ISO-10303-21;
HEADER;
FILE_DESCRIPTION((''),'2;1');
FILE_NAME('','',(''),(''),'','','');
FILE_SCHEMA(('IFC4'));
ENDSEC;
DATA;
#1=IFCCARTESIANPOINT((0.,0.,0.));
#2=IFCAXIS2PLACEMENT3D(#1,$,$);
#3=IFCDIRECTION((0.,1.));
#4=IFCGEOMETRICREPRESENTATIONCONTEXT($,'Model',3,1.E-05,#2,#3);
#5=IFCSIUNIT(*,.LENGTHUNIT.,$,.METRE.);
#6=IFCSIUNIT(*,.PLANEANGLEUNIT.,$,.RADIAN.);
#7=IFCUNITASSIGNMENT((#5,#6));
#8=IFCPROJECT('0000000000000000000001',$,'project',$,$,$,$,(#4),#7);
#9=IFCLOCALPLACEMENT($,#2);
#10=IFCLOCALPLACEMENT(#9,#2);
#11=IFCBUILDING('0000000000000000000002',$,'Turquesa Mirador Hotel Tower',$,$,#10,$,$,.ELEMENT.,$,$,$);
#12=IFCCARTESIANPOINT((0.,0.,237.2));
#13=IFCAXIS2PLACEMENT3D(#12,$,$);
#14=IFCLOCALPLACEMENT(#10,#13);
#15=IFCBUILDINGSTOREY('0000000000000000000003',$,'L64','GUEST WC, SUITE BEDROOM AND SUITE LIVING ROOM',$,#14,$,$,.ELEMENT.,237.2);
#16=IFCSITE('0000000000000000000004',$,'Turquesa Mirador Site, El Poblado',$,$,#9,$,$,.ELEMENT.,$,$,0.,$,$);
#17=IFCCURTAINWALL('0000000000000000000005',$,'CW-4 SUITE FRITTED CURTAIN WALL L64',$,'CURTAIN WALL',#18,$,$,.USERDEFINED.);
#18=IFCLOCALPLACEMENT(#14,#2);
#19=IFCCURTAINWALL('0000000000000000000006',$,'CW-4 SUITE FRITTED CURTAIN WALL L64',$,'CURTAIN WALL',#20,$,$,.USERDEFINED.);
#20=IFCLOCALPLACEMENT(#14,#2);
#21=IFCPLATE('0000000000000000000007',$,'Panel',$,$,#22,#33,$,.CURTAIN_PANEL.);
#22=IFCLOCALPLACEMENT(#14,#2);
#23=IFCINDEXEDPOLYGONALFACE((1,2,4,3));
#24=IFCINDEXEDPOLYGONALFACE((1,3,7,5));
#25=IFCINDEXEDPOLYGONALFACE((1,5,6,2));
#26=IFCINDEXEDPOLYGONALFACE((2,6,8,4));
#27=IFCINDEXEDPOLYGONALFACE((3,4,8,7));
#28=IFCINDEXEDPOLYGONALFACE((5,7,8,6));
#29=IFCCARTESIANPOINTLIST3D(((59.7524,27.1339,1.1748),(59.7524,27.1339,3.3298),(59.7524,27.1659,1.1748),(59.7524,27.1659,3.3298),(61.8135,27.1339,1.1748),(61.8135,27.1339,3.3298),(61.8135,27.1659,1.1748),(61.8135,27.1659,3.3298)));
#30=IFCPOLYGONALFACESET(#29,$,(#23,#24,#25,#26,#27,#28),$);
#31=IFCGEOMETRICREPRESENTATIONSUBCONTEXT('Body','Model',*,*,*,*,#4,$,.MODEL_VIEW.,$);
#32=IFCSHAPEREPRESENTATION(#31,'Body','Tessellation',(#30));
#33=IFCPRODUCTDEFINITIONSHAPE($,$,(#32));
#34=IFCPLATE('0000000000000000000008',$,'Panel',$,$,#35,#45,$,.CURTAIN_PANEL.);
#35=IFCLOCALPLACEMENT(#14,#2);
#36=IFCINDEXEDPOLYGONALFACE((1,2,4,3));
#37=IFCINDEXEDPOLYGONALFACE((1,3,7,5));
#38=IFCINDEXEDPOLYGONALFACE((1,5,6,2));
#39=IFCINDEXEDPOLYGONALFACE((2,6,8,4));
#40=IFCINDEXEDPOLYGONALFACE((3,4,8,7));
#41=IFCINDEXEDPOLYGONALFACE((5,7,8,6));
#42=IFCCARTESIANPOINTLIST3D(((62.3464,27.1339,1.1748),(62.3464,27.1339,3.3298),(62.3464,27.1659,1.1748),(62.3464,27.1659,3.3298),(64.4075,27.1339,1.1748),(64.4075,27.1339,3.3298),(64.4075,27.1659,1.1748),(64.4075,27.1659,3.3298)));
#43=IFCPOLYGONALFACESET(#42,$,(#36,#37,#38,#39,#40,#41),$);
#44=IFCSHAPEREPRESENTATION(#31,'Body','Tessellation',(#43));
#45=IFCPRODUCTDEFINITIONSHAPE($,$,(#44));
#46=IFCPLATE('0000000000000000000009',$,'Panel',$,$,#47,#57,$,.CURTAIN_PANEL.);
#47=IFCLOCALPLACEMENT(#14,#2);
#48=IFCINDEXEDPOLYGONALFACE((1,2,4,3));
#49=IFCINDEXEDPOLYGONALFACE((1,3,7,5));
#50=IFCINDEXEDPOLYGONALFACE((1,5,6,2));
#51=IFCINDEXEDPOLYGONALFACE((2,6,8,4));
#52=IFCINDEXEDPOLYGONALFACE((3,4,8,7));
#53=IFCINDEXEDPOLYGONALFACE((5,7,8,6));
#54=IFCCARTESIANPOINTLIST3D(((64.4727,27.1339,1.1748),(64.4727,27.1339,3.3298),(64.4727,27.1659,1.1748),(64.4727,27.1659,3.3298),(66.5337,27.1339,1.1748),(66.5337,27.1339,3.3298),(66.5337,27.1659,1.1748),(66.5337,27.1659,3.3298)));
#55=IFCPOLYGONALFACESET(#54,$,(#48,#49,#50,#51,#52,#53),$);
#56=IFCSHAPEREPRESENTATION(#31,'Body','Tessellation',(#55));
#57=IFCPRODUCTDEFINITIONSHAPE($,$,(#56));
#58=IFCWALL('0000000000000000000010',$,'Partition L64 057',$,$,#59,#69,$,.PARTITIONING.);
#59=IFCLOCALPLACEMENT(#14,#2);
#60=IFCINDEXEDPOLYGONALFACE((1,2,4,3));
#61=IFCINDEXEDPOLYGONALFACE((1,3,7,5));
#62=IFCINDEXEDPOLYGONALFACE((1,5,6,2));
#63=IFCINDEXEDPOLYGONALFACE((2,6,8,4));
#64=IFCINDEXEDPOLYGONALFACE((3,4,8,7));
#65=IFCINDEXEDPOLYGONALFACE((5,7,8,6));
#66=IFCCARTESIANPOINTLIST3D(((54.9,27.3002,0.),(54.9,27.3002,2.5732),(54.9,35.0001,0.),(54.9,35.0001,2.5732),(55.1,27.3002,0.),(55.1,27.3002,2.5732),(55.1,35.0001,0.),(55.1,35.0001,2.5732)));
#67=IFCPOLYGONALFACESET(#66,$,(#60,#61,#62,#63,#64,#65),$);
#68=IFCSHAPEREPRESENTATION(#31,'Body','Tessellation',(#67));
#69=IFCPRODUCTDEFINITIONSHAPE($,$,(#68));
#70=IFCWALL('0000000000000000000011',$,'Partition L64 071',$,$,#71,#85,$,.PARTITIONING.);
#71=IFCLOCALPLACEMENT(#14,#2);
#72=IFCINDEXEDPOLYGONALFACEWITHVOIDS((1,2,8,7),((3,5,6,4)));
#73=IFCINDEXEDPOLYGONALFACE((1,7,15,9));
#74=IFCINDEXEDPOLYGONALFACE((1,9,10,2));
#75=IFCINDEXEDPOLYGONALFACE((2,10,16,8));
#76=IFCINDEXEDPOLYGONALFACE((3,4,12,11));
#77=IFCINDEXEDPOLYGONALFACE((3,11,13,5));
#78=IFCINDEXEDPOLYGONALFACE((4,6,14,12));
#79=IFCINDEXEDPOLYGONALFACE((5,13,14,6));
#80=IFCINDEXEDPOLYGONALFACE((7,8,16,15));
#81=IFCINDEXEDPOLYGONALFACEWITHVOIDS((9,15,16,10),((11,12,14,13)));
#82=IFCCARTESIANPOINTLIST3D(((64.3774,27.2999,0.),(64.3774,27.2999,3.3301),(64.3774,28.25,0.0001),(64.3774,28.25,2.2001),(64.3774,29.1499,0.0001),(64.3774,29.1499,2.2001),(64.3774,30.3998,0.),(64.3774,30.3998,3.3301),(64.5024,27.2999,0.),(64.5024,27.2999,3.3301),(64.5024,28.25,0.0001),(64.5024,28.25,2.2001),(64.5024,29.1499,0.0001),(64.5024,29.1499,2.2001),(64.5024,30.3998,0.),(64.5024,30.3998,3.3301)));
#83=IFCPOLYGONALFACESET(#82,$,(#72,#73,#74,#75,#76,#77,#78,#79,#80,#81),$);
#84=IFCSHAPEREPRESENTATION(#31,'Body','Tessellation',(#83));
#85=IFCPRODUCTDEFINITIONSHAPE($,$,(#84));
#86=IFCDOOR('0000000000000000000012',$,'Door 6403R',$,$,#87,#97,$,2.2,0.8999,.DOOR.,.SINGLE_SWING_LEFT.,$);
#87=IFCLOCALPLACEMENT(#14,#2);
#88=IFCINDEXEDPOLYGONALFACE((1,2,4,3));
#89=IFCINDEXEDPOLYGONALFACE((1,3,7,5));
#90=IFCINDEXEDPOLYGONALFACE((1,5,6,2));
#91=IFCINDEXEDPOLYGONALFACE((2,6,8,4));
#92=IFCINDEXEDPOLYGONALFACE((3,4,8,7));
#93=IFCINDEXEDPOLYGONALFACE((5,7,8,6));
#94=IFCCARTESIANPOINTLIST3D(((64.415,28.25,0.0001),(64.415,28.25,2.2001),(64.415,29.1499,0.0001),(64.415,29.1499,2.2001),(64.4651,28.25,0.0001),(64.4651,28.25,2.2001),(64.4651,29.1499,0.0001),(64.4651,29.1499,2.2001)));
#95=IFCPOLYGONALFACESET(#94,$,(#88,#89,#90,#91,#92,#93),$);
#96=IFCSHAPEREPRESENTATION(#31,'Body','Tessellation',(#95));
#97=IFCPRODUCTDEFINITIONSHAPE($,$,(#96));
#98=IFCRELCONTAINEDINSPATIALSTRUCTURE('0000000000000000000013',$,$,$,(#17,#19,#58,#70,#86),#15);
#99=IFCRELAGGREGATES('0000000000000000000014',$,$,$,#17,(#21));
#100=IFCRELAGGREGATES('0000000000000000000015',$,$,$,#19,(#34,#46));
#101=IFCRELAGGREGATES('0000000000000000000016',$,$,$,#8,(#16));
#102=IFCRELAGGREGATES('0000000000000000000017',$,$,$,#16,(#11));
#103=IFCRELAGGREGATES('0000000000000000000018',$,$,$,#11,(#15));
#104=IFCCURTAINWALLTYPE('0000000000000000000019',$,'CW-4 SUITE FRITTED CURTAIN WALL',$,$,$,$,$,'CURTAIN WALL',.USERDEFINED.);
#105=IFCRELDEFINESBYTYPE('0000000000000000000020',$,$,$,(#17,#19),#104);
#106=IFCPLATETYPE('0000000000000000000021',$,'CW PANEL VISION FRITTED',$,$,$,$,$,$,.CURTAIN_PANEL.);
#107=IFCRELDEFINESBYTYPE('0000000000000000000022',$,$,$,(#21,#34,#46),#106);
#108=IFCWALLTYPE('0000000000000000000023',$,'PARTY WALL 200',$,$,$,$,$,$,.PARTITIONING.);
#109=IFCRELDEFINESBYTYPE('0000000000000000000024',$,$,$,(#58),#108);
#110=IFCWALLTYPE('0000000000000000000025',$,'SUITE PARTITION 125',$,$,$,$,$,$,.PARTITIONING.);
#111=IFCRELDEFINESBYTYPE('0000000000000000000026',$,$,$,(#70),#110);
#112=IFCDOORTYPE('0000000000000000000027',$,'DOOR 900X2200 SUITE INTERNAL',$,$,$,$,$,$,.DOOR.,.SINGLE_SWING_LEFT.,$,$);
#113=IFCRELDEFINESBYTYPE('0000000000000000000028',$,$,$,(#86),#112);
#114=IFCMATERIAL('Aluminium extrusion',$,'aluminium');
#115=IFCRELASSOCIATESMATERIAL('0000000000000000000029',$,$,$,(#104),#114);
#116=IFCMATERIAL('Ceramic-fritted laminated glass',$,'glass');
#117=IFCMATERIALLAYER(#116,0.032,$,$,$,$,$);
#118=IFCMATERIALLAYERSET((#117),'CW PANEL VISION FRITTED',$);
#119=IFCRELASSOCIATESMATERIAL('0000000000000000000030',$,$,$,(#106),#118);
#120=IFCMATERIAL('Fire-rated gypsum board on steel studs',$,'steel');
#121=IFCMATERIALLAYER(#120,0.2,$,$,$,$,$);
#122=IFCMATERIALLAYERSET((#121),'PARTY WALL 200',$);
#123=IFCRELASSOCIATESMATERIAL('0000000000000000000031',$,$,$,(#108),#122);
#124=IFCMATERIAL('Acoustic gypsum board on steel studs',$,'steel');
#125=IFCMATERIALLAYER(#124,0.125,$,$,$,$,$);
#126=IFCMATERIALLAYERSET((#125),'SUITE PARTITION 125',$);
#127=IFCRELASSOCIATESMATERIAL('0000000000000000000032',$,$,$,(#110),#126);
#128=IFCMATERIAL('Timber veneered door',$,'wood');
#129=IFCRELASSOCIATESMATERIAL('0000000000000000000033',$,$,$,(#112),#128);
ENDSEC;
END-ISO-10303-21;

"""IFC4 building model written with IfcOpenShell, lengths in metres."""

from ifc_helpers import new_model, si_unit, direction, frame, frame_2d, origin, origin_2d, place, context, subcontext, project, spatial, rectangle, extrude, material, layer, layer_set, type_object, element, fill, aggregate, save


model = new_model("IFC4")

# Units and contexts
model_context = context("Model", 3, precision=1e-05, world=origin(), true_north=direction((0.0, 1.0)))
body_context = subcontext(model_context, "Body", "Model", "MODEL_VIEW")
ifc_project = project(units=[si_unit("LENGTHUNIT", "METRE"), si_unit("PLANEANGLEUNIT", "RADIAN")], contexts=[model_context])

# Site, building, storey
site_placement = place(None, origin())
site = spatial("IfcSite", under=ifc_project, at=site_placement, Name="Turquesa Mirador Site, El Poblado", CompositionType="ELEMENT", RefElevation=0.0)
building_placement = place(site_placement, origin())
building = spatial("IfcBuilding", under=site, at=building_placement, Name="Turquesa Mirador Hotel Tower", CompositionType="ELEMENT")
storey_placement = place(building_placement, frame((0.0, 0.0, 237.2)))
storey = spatial("IfcBuildingStorey", under=building, at=storey_placement, Name="L64", Description="GUEST WC, SUITE BEDROOM AND SUITE LIVING ROOM", CompositionType="ELEMENT", Elevation=237.2)

# Curtain walls
ifc_material_1 = material(Name="Aluminium extrusion", Category="aluminium")
curtain_wall_type = type_object("IfcCurtainWallType", Name="CW-4 SUITE FRITTED CURTAIN WALL", ElementType="CURTAIN WALL", PredefinedType="USERDEFINED", material=ifc_material_1)
curtain_wall_1_placement = place(storey_placement, origin())
curtain_wall_1 = element("IfcCurtainWall", 1, at=curtain_wall_1_placement, inside=storey, type_object=curtain_wall_type, Name="CW-4 SUITE FRITTED CURTAIN WALL L64", ObjectType="CURTAIN WALL", PredefinedType="USERDEFINED")
curtain_wall_2_placement = place(storey_placement, origin())
curtain_wall_2 = element("IfcCurtainWall", 2, at=curtain_wall_2_placement, inside=storey, type_object=curtain_wall_type, Name="CW-4 SUITE FRITTED CURTAIN WALL L64", ObjectType="CURTAIN WALL", PredefinedType="USERDEFINED")

# Plates
ifc_material_2 = material(Name="Ceramic-fritted laminated glass", Category="glass")
ifc_layer_1 = layer(ifc_material_2, 0.032)
ifc_layer_set_1 = layer_set([ifc_layer_1], Name="CW PANEL VISION FRITTED")
plate_type_1 = type_object("IfcPlateType", Name="CW PANEL VISION FRITTED", PredefinedType="CURTAIN_PANEL", material=ifc_layer_set_1)
plate_1_placement = place(storey_placement, frame((60.783, 27.1499, 1.1748), z_axis=(0.0, 0.0, 1.0), x_axis=(1.0, 0.0, 0.0)))
plate_1 = element("IfcPlate", 3, at=plate_1_placement, type_object=plate_type_1, Name="Panel", PredefinedType="CURTAIN_PANEL", context=body_context, shape_type="SweptSolid", body=[
    extrude(rectangle(XDim=2.061, YDim=0.032, at=origin_2d()), origin(), (0.0, 0.0, 1.0), 2.155),
])
aggregate(curtain_wall_1, [plate_1])
plate_2_placement = place(storey_placement, frame((63.377, 27.1499, 1.1748), z_axis=(0.0, 0.0, 1.0), x_axis=(1.0, 0.0, 0.0)))
plate_2 = element("IfcPlate", 4, at=plate_2_placement, type_object=plate_type_1, Name="Panel", PredefinedType="CURTAIN_PANEL", context=body_context, shape_type="SweptSolid", body=[
    extrude(rectangle(XDim=2.061, YDim=0.032, at=origin_2d()), origin(), (0.0, 0.0, 1.0), 2.155),
])
plate_3_placement = place(storey_placement, frame((65.5032, 27.1499, 1.1748), z_axis=(0.0, 0.0, 1.0), x_axis=(1.0, 0.0, 0.0)))
plate_3 = element("IfcPlate", 5, at=plate_3_placement, type_object=plate_type_1, Name="Panel", PredefinedType="CURTAIN_PANEL", context=body_context, shape_type="SweptSolid", body=[
    extrude(rectangle(XDim=2.061, YDim=0.032, at=origin_2d()), origin(), (0.0, 0.0, 1.0), 2.155),
])
aggregate(curtain_wall_2, [plate_2, plate_3])

# Wall
ifc_material_3 = material(Name="Fire-rated gypsum board on steel studs", Category="steel")
ifc_layer_2 = layer(ifc_material_3, 0.2)
ifc_layer_set_2 = layer_set([ifc_layer_2], Name="PARTY WALL 200")
wall_type_1 = type_object("IfcWallType", Name="PARTY WALL 200", PredefinedType="PARTITIONING", material=ifc_layer_set_2)
wall_1_placement = place(storey_placement, frame((55.0, 27.3, 0.0), z_axis=(0.0, 0.0, 1.0), x_axis=(0.0, 1.0, 0.0)))
element("IfcWall", 6, at=wall_1_placement, inside=storey, type_object=wall_type_1, Name="Partition L64 057", PredefinedType="PARTITIONING", context=body_context, shape_type="SweptSolid", body=[
    extrude(rectangle(XDim=7.7, YDim=0.2, at=frame_2d((3.8501, 0.0))), origin(), (0.0, 0.0, 1.0), 2.5732),
])

# Wall, opening, door
ifc_material_4 = material(Name="Acoustic gypsum board on steel studs", Category="steel")
ifc_layer_3 = layer(ifc_material_4, 0.125)
ifc_layer_set_3 = layer_set([ifc_layer_3], Name="SUITE PARTITION 125")
wall_type_2 = type_object("IfcWallType", Name="SUITE PARTITION 125", PredefinedType="PARTITIONING", material=ifc_layer_set_3)
wall_2_placement = place(storey_placement, frame((64.4399, 27.3, 0.0), z_axis=(0.0, 0.0, 1.0), x_axis=(0.0, 1.0, 0.0)))
wall_2 = element("IfcWall", 7, at=wall_2_placement, inside=storey, type_object=wall_type_2, Name="Partition L64 071", PredefinedType="PARTITIONING", context=body_context, shape_type="SweptSolid", body=[
    extrude(rectangle(XDim=3.0999, YDim=0.125, at=frame_2d((1.5498, 0.0))), origin(), (0.0, 0.0, 1.0), 3.3301),
])
opening_placement = place(wall_2_placement, frame((0.95, 0.0, 0.0)))
opening = element("IfcOpeningElement", 8, at=opening_placement, cuts=wall_2, PredefinedType="OPENING", context=body_context, shape_type="SweptSolid", body=[
    extrude(rectangle(XDim=0.8999, YDim=2.2, at=frame_2d((0.45, 1.1001))), frame((0.0, 0.0725, 0.0), z_axis=(0.0, -1.0, 0.0), x_axis=(1.0, 0.0, 0.0)), (0.0, 0.0, 1.0), 0.145),
])
ifc_material_5 = material(Name="Timber veneered door", Category="wood")
door_type = type_object("IfcDoorType", Name="DOOR 900X2200 SUITE INTERNAL", OperationType="SINGLE_SWING_LEFT", PredefinedType="DOOR", material=ifc_material_5)
door_placement = place(opening_placement, origin())
door = element("IfcDoor", 9, at=door_placement, inside=storey, type_object=door_type, Name="Door 6403R", OperationType="SINGLE_SWING_LEFT", OverallHeight=2.2, OverallWidth=0.8999, PredefinedType="DOOR", context=body_context, shape_type="SweptSolid", body=[
    extrude(rectangle(XDim=0.8999, YDim=2.2, at=frame_2d((0.45, 1.1001))), frame((0.0, 0.0249, 0.0), z_axis=(0.0, -1.0, 0.0), x_axis=(1.0, 0.0, 0.0)), (0.0, 0.0, 1.0), 0.05),
])
fill(opening, door)

save(model, "model.ifc")
